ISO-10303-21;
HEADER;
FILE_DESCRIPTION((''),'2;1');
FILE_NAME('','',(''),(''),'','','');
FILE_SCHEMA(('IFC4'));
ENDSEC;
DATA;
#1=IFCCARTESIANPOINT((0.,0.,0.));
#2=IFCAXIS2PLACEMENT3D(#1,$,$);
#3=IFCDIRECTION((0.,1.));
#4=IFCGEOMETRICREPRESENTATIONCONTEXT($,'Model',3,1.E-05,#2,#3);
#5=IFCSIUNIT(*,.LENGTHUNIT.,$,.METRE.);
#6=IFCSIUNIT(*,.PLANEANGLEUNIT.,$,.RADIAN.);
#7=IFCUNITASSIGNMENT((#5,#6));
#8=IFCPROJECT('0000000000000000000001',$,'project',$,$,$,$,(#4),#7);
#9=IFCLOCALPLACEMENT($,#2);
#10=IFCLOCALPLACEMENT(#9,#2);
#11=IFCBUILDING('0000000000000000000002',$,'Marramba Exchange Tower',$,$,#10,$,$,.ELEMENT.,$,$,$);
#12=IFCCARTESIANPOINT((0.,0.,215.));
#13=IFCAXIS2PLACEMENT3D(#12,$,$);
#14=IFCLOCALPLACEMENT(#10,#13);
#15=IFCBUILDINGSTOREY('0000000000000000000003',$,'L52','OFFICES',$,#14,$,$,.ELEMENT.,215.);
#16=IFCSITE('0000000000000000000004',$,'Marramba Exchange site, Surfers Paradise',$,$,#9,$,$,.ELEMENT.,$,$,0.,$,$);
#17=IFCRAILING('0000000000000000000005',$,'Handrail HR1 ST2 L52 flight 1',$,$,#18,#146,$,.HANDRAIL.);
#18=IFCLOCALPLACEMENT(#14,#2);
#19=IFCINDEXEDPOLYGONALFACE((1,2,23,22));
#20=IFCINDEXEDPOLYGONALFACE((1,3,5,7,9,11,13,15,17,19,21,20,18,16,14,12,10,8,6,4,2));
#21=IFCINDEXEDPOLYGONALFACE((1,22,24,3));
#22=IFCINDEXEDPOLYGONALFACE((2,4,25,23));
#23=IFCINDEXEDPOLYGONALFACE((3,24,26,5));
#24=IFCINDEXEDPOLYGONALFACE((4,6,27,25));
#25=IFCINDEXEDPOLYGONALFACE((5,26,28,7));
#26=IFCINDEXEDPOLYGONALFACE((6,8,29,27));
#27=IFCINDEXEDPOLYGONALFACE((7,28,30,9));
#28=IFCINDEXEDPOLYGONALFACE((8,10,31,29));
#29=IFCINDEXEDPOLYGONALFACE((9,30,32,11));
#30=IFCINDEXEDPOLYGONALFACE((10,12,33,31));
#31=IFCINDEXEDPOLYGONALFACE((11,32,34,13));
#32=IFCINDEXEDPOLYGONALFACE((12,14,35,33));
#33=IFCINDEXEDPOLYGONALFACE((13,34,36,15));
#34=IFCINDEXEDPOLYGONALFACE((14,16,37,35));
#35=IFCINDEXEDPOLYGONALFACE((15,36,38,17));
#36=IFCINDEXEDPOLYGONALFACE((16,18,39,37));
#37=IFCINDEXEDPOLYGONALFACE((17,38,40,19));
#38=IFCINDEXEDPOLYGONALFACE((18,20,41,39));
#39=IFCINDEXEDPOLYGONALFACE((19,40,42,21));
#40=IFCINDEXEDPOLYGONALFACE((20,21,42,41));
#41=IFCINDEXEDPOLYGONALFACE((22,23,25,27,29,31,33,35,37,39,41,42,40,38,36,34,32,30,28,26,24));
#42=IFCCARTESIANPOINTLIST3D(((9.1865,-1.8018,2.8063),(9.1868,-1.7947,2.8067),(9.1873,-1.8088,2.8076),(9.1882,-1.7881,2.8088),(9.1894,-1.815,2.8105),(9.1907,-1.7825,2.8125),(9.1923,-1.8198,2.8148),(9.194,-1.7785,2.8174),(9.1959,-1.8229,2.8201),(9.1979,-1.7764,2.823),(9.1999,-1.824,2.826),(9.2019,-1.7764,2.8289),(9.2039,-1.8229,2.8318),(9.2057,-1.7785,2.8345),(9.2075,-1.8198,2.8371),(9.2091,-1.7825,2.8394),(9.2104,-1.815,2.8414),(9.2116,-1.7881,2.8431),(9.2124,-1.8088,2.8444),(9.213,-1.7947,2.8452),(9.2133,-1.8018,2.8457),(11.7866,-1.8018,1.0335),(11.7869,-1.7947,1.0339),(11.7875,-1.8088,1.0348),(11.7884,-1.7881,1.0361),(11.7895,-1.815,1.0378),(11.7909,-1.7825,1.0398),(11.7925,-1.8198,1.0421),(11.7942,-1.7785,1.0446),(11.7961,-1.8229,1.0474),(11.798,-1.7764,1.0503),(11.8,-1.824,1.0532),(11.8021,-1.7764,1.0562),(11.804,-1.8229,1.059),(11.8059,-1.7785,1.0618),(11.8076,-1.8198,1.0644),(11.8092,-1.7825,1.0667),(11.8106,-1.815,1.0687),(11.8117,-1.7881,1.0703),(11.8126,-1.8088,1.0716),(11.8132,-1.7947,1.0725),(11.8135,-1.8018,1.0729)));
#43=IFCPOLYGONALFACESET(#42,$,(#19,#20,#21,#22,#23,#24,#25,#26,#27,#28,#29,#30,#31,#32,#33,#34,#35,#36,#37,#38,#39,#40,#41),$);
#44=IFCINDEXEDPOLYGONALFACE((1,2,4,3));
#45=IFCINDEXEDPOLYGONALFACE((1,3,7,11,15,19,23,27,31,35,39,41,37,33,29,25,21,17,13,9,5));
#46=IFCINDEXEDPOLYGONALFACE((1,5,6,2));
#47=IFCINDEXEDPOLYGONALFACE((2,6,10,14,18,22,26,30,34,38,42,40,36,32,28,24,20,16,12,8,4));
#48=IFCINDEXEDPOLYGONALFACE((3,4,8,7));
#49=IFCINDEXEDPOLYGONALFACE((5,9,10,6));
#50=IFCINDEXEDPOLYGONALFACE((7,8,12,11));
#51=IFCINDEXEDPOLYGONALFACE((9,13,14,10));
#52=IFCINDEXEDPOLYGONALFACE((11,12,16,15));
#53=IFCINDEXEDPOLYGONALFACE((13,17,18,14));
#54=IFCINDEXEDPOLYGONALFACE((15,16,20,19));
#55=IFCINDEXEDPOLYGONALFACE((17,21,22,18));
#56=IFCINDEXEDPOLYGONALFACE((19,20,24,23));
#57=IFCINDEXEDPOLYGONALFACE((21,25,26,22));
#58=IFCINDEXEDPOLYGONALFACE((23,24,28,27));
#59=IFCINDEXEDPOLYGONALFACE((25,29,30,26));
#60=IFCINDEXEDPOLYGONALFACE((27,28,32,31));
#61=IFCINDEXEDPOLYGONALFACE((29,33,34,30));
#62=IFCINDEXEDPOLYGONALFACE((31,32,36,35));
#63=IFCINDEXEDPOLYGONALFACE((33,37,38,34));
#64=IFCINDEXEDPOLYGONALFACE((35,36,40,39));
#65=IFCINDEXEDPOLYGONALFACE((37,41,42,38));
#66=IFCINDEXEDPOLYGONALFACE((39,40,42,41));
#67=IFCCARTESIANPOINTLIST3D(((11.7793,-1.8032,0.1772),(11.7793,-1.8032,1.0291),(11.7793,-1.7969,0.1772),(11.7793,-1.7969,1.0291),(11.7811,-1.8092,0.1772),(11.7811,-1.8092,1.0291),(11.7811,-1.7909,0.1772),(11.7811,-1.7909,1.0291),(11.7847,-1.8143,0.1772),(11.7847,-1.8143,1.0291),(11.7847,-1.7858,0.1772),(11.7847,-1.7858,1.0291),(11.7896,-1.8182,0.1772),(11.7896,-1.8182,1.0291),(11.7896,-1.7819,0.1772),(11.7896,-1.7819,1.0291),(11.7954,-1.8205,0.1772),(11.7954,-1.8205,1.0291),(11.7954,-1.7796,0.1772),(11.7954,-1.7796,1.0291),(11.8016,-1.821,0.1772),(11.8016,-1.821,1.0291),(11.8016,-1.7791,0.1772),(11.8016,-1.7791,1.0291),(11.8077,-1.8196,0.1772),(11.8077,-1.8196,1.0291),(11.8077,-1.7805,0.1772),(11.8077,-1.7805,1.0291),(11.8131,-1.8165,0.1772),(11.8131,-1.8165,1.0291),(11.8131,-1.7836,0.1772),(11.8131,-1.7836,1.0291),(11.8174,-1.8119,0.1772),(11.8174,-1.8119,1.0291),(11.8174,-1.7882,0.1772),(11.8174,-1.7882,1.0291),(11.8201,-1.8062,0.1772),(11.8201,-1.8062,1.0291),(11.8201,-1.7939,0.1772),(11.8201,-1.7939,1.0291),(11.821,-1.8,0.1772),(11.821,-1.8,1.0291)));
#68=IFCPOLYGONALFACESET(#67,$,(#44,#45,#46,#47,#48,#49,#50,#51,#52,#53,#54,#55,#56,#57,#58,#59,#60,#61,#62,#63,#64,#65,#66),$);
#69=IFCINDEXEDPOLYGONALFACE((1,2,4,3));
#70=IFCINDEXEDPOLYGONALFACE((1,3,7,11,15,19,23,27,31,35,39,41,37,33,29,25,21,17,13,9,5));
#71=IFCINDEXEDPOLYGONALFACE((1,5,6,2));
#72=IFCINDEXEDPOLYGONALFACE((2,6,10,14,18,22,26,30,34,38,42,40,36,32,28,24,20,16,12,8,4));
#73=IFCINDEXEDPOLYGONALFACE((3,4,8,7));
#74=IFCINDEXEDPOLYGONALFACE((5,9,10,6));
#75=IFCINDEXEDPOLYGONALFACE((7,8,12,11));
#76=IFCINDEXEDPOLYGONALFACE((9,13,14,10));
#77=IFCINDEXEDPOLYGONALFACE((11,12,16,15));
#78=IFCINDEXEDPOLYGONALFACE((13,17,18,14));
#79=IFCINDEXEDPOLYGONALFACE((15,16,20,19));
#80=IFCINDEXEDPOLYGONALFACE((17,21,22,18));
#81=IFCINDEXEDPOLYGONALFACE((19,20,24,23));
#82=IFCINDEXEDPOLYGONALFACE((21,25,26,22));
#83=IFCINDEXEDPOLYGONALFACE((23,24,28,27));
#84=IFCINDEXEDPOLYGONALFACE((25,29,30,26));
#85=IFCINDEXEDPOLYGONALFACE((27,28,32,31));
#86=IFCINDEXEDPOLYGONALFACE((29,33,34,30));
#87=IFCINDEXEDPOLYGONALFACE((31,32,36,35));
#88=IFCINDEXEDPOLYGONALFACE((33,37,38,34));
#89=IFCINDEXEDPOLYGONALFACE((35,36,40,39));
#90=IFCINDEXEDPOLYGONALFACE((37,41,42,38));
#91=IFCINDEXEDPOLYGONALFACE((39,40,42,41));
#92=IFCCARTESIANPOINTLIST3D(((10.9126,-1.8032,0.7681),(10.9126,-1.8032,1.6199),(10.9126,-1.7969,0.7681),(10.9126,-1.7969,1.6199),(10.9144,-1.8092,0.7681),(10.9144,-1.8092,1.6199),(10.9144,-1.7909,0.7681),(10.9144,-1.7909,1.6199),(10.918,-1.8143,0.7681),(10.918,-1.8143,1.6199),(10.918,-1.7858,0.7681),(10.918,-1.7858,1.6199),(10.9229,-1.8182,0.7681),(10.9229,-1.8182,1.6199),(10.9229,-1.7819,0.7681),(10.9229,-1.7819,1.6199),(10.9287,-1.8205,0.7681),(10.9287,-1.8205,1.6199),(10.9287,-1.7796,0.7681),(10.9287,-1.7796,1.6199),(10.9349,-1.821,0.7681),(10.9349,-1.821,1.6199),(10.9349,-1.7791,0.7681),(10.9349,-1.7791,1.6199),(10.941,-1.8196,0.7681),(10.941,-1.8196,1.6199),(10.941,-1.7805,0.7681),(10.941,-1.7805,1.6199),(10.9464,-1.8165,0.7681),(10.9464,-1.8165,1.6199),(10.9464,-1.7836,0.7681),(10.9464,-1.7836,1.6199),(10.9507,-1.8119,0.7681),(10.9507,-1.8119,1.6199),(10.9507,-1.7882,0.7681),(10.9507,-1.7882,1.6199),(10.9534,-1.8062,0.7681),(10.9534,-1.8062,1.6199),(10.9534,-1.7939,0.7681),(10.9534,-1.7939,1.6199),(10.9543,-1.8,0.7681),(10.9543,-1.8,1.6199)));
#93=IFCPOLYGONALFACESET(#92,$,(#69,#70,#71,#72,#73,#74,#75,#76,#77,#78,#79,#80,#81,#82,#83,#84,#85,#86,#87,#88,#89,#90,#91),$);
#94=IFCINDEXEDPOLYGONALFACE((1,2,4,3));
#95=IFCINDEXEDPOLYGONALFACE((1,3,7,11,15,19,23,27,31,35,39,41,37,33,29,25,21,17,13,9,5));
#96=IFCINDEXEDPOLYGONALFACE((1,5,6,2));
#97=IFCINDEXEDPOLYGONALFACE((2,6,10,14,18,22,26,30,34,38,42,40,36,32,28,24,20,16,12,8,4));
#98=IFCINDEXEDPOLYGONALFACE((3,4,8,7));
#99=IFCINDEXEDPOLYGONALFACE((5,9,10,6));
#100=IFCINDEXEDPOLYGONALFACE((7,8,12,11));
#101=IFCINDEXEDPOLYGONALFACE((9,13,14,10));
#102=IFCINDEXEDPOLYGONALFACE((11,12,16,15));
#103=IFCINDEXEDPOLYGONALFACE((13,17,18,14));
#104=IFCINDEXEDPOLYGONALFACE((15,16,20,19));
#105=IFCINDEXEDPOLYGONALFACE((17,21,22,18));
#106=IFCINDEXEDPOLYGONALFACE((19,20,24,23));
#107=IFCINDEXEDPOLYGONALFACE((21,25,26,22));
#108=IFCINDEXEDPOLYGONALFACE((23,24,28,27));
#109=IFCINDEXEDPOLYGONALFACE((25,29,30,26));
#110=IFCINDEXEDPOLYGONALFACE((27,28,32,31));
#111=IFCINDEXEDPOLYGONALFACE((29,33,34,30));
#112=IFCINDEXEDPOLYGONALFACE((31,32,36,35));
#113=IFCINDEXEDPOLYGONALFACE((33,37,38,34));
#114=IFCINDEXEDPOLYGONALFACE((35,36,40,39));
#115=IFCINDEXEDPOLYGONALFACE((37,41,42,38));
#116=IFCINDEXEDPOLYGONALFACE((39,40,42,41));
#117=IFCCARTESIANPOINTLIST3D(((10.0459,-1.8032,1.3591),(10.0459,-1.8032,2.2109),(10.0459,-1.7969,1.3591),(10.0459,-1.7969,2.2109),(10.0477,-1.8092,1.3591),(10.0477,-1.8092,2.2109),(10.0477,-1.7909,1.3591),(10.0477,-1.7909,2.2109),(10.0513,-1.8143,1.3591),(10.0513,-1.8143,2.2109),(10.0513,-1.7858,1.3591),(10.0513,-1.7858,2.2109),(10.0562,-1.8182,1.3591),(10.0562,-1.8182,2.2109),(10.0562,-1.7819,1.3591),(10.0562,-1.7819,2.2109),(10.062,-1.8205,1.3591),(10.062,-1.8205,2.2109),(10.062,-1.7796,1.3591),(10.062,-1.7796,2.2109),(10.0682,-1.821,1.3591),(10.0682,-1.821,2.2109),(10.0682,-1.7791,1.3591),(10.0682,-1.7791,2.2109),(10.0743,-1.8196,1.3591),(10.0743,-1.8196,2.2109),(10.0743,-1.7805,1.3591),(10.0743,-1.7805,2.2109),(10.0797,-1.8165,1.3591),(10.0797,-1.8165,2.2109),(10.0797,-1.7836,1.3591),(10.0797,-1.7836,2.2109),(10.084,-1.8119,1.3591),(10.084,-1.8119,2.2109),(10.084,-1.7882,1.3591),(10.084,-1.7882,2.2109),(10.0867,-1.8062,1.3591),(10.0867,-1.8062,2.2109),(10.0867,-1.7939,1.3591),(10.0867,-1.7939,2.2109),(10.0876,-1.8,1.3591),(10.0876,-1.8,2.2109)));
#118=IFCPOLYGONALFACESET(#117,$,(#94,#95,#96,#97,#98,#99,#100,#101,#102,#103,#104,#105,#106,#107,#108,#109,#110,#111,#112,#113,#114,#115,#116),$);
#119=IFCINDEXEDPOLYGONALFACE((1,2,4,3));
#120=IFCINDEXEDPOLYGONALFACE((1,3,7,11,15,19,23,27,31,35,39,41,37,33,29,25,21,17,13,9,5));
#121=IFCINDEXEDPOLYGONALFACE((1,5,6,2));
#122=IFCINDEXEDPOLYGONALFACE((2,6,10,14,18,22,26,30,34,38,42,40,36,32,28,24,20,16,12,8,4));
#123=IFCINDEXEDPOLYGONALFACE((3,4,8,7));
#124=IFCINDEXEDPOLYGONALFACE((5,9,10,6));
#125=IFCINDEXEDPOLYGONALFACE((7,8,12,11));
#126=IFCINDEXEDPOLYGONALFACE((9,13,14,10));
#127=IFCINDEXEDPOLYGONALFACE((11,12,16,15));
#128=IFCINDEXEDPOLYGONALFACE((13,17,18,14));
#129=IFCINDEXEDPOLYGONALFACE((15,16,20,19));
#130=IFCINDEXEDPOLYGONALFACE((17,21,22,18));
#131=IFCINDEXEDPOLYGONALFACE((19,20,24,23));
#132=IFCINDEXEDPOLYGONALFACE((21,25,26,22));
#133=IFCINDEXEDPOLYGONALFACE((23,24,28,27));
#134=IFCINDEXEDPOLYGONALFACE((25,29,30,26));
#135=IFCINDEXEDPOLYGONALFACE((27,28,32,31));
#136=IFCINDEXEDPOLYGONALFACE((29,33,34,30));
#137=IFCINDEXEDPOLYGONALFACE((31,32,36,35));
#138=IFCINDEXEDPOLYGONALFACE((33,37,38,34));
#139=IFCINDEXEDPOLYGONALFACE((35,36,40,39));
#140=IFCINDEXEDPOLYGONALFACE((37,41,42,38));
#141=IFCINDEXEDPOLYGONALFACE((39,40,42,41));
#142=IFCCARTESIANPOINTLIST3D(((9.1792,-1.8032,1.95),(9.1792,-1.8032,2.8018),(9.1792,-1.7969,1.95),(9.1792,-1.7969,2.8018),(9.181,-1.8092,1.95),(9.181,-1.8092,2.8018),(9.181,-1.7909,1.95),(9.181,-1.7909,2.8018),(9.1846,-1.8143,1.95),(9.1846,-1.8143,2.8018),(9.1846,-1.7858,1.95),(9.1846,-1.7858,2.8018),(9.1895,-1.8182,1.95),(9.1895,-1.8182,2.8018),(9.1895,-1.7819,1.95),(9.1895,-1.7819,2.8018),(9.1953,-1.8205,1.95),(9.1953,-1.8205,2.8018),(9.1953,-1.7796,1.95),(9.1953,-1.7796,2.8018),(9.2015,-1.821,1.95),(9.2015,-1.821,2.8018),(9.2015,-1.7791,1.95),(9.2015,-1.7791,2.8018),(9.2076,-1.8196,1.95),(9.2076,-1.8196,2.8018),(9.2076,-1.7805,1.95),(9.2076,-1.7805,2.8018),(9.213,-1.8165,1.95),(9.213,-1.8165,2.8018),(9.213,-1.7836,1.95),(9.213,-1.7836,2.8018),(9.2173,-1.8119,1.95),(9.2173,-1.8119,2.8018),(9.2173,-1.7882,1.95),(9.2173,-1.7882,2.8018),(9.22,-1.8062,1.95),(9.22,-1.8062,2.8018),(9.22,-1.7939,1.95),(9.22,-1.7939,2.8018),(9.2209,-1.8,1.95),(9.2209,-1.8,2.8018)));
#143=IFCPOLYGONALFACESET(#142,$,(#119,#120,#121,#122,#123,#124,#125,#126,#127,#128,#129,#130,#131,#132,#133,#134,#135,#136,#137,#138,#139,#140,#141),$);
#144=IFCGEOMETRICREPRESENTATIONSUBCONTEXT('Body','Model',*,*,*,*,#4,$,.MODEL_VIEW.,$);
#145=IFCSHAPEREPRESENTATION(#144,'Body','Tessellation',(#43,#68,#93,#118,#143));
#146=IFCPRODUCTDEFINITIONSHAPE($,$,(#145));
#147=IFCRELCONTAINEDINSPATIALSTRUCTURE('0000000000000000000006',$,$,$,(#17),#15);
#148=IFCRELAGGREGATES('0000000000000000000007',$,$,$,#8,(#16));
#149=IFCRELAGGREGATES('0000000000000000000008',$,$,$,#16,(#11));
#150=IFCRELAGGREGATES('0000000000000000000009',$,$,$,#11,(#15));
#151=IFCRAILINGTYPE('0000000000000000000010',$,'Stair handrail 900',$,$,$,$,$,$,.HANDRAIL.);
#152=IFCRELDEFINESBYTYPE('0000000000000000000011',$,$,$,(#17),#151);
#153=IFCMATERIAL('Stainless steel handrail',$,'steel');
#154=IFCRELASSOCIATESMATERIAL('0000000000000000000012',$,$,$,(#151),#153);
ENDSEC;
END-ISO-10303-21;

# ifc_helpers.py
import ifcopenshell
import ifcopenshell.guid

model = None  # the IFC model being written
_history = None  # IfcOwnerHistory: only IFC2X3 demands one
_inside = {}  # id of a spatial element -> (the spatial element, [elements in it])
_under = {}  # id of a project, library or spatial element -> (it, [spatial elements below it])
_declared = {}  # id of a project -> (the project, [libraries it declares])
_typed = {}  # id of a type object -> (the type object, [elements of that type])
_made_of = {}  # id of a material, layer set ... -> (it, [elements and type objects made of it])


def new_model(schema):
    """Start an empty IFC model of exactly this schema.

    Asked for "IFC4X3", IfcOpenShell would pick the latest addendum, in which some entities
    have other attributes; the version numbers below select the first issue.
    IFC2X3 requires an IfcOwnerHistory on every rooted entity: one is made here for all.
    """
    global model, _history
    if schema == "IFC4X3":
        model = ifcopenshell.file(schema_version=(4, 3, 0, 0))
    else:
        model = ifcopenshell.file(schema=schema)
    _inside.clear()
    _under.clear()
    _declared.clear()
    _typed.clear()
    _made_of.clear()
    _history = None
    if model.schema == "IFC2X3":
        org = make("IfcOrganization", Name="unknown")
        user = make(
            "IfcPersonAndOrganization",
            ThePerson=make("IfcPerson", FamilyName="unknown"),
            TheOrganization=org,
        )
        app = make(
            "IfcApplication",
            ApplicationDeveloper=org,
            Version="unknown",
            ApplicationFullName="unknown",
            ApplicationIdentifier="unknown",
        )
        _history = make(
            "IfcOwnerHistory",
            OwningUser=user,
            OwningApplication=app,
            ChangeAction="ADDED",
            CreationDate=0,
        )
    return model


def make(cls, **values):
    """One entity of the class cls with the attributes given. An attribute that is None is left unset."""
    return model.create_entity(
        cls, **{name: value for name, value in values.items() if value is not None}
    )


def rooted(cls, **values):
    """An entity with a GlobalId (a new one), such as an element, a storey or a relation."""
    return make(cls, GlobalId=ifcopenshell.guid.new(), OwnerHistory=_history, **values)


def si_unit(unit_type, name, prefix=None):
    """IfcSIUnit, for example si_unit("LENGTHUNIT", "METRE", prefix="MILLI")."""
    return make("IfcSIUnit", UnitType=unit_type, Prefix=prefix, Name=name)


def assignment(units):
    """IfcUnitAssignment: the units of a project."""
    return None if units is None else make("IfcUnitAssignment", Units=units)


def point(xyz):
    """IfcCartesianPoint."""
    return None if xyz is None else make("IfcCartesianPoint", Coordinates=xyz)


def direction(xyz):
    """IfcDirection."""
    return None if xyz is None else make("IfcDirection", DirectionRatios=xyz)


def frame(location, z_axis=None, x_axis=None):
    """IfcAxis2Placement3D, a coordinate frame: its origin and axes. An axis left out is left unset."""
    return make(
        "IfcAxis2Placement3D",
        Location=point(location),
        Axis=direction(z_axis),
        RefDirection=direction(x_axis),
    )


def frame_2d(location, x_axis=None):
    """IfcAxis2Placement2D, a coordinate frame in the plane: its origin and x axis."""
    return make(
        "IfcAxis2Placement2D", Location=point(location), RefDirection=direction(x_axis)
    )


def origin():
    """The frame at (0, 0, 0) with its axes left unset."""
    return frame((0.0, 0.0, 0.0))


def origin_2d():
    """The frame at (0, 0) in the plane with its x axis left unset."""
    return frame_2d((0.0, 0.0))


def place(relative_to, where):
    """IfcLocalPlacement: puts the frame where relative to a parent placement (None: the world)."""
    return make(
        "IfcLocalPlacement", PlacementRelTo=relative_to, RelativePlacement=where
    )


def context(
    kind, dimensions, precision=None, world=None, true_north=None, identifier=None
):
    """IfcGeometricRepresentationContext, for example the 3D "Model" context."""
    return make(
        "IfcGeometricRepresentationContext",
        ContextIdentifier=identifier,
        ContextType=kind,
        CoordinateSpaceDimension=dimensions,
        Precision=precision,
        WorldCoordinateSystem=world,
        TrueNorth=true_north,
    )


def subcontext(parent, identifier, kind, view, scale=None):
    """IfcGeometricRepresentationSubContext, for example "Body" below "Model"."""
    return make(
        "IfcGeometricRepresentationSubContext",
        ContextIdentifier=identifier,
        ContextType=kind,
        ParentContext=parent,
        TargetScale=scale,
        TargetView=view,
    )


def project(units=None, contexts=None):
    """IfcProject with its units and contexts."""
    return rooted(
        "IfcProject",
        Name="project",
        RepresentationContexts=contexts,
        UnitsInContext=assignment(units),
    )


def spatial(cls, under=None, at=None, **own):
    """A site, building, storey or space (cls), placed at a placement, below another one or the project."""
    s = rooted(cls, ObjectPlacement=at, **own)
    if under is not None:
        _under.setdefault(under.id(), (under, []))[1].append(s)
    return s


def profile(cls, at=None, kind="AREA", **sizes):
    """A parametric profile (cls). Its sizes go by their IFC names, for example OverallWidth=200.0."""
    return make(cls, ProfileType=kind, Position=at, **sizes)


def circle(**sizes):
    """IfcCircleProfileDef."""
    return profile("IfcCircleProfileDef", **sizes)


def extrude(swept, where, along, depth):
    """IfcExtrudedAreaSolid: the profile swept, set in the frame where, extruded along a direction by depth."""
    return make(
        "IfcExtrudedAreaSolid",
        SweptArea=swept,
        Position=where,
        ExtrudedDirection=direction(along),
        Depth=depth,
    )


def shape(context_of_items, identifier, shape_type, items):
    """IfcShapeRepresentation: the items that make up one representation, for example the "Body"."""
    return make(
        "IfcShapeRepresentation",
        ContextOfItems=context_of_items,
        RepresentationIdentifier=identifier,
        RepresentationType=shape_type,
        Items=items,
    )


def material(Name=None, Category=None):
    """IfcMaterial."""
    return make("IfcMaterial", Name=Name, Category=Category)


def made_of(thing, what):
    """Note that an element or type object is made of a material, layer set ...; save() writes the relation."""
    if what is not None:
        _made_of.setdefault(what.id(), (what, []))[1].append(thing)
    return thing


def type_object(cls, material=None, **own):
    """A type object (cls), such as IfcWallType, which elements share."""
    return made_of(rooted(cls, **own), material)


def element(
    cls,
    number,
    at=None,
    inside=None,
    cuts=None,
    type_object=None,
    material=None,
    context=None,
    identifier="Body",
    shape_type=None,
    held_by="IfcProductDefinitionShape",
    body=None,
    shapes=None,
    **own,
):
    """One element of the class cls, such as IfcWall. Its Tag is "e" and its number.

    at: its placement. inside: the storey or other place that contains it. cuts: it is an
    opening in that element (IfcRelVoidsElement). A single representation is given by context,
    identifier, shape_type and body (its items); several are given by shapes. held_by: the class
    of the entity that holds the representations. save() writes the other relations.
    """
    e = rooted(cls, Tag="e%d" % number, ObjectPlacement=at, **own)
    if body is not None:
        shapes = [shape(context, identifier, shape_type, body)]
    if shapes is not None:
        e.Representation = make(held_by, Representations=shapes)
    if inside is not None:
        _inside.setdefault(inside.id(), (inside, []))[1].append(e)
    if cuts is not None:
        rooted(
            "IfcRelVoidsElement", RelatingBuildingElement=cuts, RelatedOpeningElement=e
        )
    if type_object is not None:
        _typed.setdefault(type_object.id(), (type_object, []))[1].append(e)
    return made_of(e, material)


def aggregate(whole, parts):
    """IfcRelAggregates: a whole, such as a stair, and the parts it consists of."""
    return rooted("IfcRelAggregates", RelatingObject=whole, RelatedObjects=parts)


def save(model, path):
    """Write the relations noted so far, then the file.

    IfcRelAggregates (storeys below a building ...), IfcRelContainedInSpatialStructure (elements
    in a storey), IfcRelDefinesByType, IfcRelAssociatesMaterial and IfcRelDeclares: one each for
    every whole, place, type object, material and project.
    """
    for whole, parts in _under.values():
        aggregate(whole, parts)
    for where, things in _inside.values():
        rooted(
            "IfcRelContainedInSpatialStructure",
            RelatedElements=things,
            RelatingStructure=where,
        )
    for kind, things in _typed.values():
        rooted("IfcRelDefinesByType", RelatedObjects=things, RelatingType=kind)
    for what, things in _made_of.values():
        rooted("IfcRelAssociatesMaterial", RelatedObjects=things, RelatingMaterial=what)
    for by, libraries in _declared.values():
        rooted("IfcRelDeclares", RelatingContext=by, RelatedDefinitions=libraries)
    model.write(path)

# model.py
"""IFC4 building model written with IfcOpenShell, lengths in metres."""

from ifc_helpers import new_model, si_unit, direction, frame, origin, origin_2d, place, context, subcontext, project, spatial, circle, extrude, material, type_object, element, save


model = new_model("IFC4")

# Units and contexts
model_context = context("Model", 3, precision=1e-05, world=origin(), true_north=direction((0.0, 1.0)))
body_context = subcontext(model_context, "Body", "Model", "MODEL_VIEW")
ifc_project = project(units=[si_unit("LENGTHUNIT", "METRE"), si_unit("PLANEANGLEUNIT", "RADIAN")], contexts=[model_context])

# Site, building, storey
site_placement = place(None, origin())
site = spatial("IfcSite", under=ifc_project, at=site_placement, Name="Marramba Exchange site, Surfers Paradise", CompositionType="ELEMENT", RefElevation=0.0)
building_placement = place(site_placement, origin())
building = spatial("IfcBuilding", under=site, at=building_placement, Name="Marramba Exchange Tower", CompositionType="ELEMENT")
storey_placement = place(building_placement, frame((0.0, 0.0, 215.0)))
storey = spatial("IfcBuildingStorey", under=building, at=storey_placement, Name="L52", Description="OFFICES", CompositionType="ELEMENT", Elevation=215.0)

# Railing
ifc_material_1 = material(Name="Stainless steel handrail", Category="steel")
railing_type = type_object("IfcRailingType", Name="Stair handrail 900", PredefinedType="HANDRAIL", material=ifc_material_1)
railing_placement = place(storey_placement, frame((11.8, -1.8, 0.1772)))
element("IfcRailing", 1, at=railing_placement, inside=storey, type_object=railing_type, Name="Handrail HR1 ST2 L52 flight 1", PredefinedType="HANDRAIL", context=body_context, shape_type="SweptSolid", body=[
    extrude(circle(Radius=0.0239, at=origin_2d()), frame((0.0, 0.0, 0.876), z_axis=(-0.82624, 0.0, 0.563318), x_axis=(0.0, -1.0, 0.0)), (0.0, 0.0, 1.0), 3.147),
    extrude(circle(Radius=0.021, at=origin_2d()), origin(), (0.0, 0.0, 1.0), 0.8518),
    extrude(circle(Radius=0.021, at=origin_2d()), frame((-0.8667, 0.0, 0.5908)), (0.0, 0.0, 1.0), 0.8518),
    extrude(circle(Radius=0.021, at=origin_2d()), frame((-1.7334, 0.0, 1.1819)), (0.0, 0.0, 1.0), 0.8518),
    extrude(circle(Radius=0.021, at=origin_2d()), frame((-2.6001, 0.0, 1.7727)), (0.0, 0.0, 1.0), 0.8518),
])

save(model, "model.ifc")
